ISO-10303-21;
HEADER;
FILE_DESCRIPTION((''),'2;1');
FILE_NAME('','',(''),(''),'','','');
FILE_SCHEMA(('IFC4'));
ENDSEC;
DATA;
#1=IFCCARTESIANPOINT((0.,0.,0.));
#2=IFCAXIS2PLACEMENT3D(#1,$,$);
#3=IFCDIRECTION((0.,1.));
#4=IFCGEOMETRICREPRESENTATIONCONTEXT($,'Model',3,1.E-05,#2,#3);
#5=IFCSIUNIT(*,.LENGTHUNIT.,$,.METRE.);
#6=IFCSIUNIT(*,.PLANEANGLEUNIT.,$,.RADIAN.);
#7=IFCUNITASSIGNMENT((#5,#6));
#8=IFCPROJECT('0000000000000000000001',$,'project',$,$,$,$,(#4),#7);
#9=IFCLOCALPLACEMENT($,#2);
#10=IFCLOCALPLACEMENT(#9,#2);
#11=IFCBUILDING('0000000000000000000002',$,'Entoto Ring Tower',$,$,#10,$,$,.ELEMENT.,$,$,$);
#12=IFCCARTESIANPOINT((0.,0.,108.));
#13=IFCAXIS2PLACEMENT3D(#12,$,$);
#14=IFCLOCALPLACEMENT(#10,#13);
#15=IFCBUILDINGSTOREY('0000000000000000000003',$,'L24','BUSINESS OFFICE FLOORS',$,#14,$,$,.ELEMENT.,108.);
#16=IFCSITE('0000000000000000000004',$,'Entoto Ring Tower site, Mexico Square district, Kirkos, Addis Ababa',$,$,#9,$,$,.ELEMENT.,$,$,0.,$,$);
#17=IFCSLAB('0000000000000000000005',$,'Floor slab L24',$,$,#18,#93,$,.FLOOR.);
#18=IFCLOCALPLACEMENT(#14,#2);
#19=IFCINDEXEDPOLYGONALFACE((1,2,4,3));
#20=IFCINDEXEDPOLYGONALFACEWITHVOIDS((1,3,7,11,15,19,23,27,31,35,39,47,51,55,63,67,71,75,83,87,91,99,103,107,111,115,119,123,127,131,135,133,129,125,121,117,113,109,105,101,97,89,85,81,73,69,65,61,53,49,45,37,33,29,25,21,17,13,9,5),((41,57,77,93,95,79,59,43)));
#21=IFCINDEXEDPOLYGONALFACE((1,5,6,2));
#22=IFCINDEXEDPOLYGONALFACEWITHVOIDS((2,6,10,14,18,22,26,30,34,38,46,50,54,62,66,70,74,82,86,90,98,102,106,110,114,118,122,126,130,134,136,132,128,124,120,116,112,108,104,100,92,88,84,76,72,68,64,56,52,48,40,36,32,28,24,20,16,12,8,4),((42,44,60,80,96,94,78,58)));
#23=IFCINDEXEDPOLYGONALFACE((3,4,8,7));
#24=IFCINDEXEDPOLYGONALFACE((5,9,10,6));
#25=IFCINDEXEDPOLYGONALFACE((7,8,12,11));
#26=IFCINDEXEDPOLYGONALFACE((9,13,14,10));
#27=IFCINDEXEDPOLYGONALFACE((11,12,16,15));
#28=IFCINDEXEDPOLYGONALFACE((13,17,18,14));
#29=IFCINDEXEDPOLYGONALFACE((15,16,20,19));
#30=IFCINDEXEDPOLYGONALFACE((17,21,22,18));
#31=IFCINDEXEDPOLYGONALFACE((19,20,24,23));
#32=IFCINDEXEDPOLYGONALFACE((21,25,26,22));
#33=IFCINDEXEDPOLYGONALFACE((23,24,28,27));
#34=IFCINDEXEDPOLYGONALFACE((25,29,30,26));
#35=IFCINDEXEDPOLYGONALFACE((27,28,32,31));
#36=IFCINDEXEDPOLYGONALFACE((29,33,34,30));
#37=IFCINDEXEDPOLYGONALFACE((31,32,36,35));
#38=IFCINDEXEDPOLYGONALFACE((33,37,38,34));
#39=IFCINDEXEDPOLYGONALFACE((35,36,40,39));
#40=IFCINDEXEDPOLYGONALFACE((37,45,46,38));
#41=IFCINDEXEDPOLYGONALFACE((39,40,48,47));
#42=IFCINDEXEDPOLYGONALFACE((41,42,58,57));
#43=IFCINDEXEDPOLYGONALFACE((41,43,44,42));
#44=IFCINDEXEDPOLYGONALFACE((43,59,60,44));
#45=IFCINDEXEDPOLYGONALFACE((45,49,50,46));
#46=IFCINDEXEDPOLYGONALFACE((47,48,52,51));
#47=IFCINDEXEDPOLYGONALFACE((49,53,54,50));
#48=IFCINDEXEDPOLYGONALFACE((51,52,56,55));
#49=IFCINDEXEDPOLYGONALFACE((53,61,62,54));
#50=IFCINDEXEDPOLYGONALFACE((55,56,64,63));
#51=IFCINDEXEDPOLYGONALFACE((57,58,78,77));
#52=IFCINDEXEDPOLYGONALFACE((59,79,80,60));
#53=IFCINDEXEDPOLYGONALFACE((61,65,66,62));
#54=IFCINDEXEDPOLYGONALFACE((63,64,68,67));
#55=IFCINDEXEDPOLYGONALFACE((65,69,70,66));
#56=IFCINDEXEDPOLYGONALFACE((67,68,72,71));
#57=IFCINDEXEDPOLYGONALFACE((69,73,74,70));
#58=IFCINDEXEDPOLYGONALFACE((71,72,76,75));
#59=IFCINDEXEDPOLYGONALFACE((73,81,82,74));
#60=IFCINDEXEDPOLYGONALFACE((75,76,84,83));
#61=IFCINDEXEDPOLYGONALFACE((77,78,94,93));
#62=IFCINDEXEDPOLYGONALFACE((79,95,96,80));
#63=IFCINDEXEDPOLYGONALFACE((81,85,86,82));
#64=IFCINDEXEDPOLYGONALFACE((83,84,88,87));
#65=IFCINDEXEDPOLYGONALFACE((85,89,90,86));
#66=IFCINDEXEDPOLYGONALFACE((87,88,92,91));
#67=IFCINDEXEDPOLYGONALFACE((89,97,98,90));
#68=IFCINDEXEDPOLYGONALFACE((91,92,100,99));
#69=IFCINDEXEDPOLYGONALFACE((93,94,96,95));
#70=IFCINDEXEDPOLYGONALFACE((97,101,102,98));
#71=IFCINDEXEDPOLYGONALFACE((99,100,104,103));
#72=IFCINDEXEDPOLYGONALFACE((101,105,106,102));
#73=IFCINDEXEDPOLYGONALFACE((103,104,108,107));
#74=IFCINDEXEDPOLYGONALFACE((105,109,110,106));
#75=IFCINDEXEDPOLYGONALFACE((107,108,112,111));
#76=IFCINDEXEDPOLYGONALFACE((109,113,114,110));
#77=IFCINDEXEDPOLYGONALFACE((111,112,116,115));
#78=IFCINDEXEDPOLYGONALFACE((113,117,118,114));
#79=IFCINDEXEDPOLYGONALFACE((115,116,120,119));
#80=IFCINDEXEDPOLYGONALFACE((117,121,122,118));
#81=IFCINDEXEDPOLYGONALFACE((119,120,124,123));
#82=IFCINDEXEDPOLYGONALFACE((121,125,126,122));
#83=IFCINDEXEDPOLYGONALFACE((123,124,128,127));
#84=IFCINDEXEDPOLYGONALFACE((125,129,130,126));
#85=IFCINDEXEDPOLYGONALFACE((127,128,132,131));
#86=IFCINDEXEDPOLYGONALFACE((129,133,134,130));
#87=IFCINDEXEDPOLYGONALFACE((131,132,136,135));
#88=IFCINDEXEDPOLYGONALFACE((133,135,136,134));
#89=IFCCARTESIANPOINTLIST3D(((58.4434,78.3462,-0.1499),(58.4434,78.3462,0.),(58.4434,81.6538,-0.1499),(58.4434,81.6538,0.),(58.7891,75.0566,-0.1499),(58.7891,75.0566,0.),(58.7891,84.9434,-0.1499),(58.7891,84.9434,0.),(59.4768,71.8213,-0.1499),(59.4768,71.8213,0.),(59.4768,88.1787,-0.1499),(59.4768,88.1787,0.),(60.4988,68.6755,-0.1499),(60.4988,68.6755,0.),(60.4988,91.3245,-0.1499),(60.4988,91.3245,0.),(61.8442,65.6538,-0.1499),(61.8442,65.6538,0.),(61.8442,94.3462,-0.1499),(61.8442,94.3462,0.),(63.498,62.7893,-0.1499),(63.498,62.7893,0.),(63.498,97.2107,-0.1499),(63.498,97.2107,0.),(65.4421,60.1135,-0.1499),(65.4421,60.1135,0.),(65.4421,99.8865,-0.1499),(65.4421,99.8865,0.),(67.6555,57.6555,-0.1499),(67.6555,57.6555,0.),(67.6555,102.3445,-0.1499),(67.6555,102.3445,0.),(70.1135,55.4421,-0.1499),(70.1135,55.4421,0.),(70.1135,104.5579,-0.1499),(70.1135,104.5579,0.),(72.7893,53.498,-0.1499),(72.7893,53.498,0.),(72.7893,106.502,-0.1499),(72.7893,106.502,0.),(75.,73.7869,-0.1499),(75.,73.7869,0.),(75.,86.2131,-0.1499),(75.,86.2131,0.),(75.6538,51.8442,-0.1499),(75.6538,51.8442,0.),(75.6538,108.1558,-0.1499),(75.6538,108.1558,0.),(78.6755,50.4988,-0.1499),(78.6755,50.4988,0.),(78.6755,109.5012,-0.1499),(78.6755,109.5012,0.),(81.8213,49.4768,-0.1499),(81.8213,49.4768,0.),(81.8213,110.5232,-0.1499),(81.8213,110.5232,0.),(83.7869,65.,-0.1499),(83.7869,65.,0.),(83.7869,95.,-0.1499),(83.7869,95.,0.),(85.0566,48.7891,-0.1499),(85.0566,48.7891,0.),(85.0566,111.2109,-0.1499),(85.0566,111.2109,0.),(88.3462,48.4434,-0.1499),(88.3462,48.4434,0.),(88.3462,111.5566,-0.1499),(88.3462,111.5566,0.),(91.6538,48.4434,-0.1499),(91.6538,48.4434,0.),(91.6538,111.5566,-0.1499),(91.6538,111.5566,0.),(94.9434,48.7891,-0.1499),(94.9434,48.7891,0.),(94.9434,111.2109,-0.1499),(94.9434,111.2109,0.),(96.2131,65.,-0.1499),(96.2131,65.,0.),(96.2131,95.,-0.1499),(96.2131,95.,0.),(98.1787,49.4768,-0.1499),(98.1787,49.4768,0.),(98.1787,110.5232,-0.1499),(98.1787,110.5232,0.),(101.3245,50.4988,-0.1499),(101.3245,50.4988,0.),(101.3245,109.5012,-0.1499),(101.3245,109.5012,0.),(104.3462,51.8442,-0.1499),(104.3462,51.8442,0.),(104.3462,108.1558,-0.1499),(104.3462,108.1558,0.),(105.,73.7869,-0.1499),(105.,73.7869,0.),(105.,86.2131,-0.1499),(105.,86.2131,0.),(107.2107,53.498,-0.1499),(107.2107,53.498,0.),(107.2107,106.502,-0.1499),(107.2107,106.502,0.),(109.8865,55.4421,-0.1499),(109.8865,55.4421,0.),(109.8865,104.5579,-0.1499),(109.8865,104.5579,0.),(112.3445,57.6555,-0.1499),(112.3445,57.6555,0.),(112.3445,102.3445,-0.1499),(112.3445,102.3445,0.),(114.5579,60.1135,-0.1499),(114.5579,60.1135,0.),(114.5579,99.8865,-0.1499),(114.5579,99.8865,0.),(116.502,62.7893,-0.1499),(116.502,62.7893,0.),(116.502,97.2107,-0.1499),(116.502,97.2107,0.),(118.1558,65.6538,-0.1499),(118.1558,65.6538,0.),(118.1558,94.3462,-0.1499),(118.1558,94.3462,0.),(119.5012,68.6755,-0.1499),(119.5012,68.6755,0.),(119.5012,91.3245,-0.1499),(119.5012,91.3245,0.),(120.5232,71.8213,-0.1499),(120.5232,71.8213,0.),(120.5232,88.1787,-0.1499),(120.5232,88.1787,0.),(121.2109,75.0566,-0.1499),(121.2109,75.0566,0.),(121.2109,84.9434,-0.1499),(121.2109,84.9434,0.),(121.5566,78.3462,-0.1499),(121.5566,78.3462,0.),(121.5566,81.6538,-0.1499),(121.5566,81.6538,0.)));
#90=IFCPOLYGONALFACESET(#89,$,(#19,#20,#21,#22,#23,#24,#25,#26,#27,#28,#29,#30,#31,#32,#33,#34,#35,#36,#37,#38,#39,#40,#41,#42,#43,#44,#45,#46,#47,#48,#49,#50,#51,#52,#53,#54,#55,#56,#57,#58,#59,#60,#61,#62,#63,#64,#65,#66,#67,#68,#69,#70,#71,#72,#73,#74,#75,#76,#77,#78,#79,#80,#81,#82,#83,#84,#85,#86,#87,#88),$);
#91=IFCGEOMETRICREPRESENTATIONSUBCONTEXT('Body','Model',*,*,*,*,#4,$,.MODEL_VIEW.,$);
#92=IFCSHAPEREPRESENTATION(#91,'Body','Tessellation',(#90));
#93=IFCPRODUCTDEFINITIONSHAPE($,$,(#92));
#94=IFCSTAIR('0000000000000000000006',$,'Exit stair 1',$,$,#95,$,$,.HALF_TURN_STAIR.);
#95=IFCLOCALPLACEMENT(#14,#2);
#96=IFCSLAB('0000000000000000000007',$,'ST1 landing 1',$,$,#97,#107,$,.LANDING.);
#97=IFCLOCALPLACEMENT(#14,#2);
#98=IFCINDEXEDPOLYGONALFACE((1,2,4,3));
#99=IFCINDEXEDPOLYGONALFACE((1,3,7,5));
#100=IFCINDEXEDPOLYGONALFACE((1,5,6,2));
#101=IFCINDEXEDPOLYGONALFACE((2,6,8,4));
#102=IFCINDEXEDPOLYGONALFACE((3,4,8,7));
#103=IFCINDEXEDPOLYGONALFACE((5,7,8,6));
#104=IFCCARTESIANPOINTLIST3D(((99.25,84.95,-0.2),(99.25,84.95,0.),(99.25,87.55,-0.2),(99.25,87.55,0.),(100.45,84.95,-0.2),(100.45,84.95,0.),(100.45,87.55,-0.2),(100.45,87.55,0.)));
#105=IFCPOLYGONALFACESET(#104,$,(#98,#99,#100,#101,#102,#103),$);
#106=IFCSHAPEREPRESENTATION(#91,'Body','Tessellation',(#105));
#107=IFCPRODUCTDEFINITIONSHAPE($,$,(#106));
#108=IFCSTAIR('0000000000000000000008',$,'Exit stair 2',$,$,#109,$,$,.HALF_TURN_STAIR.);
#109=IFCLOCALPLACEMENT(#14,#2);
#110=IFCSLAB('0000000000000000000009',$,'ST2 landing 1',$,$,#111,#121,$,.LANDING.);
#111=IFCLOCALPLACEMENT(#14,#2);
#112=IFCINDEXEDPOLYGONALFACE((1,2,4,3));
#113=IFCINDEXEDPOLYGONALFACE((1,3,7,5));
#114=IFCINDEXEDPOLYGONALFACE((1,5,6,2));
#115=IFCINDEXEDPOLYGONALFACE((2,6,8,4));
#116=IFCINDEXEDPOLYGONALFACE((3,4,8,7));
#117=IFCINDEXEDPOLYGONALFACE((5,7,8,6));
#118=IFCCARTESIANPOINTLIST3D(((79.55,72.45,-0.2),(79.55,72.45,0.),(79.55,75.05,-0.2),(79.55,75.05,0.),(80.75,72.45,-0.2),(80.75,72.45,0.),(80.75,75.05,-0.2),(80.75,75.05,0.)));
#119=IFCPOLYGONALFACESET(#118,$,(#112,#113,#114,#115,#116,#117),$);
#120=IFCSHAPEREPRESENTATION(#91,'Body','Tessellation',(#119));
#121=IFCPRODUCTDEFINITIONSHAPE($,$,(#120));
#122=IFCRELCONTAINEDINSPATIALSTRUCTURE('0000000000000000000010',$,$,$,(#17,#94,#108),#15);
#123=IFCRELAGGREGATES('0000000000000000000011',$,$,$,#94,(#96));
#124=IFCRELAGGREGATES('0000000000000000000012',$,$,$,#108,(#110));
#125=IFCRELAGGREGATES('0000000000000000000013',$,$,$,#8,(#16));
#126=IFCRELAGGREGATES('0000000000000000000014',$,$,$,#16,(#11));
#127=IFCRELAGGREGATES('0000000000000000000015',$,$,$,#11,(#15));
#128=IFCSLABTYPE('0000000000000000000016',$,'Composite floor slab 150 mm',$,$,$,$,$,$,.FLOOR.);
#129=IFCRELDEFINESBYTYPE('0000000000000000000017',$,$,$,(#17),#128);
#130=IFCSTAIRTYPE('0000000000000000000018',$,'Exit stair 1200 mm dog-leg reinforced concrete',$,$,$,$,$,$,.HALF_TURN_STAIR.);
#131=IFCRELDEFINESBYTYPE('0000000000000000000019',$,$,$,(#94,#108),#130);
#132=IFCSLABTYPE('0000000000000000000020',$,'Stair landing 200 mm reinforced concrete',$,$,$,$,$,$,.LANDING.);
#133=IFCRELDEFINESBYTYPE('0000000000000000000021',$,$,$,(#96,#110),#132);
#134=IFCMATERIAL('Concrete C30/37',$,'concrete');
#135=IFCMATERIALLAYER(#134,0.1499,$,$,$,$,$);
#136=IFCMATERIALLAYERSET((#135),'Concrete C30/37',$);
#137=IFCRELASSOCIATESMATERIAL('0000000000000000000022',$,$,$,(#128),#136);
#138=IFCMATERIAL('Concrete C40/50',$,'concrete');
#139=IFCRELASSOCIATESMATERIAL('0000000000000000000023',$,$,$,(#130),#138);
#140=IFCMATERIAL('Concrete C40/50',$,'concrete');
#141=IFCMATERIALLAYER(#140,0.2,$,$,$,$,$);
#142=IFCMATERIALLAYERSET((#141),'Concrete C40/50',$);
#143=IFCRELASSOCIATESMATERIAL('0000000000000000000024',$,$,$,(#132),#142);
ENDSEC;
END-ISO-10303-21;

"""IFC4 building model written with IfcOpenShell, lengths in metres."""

from ifc_helpers import new_model, si_unit, direction, frame, origin, place, context, subcontext, project, spatial, polyline, outline, extrude, material, layer, layer_set, type_object, element, aggregate, save


model = new_model("IFC4")

# Units and contexts
model_context = context("Model", 3, precision=1e-05, world=origin(), true_north=direction((0.0, 1.0)))
body_context = subcontext(model_context, "Body", "Model", "MODEL_VIEW")
ifc_project = project(units=[si_unit("LENGTHUNIT", "METRE"), si_unit("PLANEANGLEUNIT", "RADIAN")], contexts=[model_context])

# Site, building, storey
site_placement = place(None, origin())
building_placement = place(site_placement, origin())
storey_placement = place(building_placement, frame((0.0, 0.0, 108.0)))
site = spatial("IfcSite", under=ifc_project, at=site_placement, Name="Entoto Ring Tower site, Mexico Square district, Kirkos, Addis Ababa", CompositionType="ELEMENT", RefElevation=0.0)
building = spatial("IfcBuilding", under=site, at=building_placement, Name="Entoto Ring Tower", CompositionType="ELEMENT")
storey = spatial("IfcBuildingStorey", under=building, at=storey_placement, Name="L24", Description="BUSINESS OFFICE FLOORS", CompositionType="ELEMENT", Elevation=108.0)

# Slab
ifc_material_1 = material(Name="Concrete C30/37", Category="concrete")
ifc_layer_1 = layer(ifc_material_1, 0.1499)
ifc_layer_set_1 = layer_set([ifc_layer_1], Name="Concrete C30/37")
slab_type_1 = type_object("IfcSlabType", Name="Composite floor slab 150 mm", PredefinedType="FLOOR", material=ifc_layer_set_1)
slab_1_placement = place(storey_placement, frame((0.0, 0.0, -0.1499)))
element("IfcSlab", 1, at=slab_1_placement, inside=storey, type_object=slab_type_1, Name="Floor slab L24", PredefinedType="FLOOR", context=body_context, shape_type="SweptSolid", body=[
    extrude(outline(polyline([(121.2109, 84.9434), (120.5232, 88.1787), (119.5012, 91.3245), (118.1558, 94.3462), (116.502, 97.2107), (114.5579, 99.8865), (112.3445, 102.3445), (109.8865, 104.5579), (107.2107, 106.502), (104.3462, 108.1558), (101.3245, 109.5012), (98.1787, 110.5232), (94.9434, 111.2109), (91.6538, 111.5566), (88.3462, 111.5566), (85.0566, 111.2109), (81.8213, 110.5232), (78.6755, 109.5012), (75.6538, 108.1558), (72.7893, 106.502), (70.1135, 104.5579), (67.6555, 102.3445), (65.4421, 99.8865), (63.498, 97.2107), (61.8442, 94.3462), (60.4988, 91.3245), (59.4768, 88.1787), (58.7891, 84.9434), (58.4434, 81.6538), (58.4434, 78.3462), (58.7891, 75.0566), (59.4768, 71.8213), (60.4988, 68.6755), (61.8442, 65.6538), (63.498, 62.7893), (65.4421, 60.1135), (67.6555, 57.6555), (70.1135, 55.4421), (72.7893, 53.498), (75.6538, 51.8442), (78.6755, 50.4988), (81.8213, 49.4768), (85.0566, 48.7891), (88.3462, 48.4434), (91.6538, 48.4434), (94.9434, 48.7891), (98.1787, 49.4768), (101.3245, 50.4988), (104.3462, 51.8442), (107.2107, 53.498), (109.8865, 55.4421), (112.3445, 57.6555), (114.5579, 60.1135), (116.502, 62.7893), (118.1558, 65.6538), (119.5012, 68.6755), (120.5232, 71.8213), (121.2109, 75.0566), (121.5566, 78.3462), (121.5566, 81.6538), (121.2109, 84.9434)]), holes=[polyline([(105.0, 73.7869), (105.0, 86.2131), (96.2131, 95.0), (83.7869, 95.0), (75.0, 86.2131), (75.0, 73.7869), (83.7869, 65.0), (96.2131, 65.0), (105.0, 73.7869)])]), origin(), (0.0, 0.0, 1.0), 0.1499),
])

# Stairs, slabs
ifc_material_2 = material(Name="Concrete C40/50", Category="concrete")
stair_type = type_object("IfcStairType", Name="Exit stair 1200 mm dog-leg reinforced concrete", PredefinedType="HALF_TURN_STAIR", material=ifc_material_2)
stair_1_placement = place(storey_placement, origin())
stair_1 = element("IfcStair", 2, at=stair_1_placement, inside=storey, type_object=stair_type, Name="Exit stair 1", PredefinedType="HALF_TURN_STAIR")
ifc_material_3 = material(Name="Concrete C40/50", Category="concrete")
ifc_layer_2 = layer(ifc_material_3, 0.2)
ifc_layer_set_2 = layer_set([ifc_layer_2], Name="Concrete C40/50")
slab_type_2 = type_object("IfcSlabType", Name="Stair landing 200 mm reinforced concrete", PredefinedType="LANDING", material=ifc_layer_set_2)
slab_2_placement = place(storey_placement, frame((0.0, 0.0, -0.2)))
slab_2 = element("IfcSlab", 3, at=slab_2_placement, type_object=slab_type_2, Name="ST1 landing 1", PredefinedType="LANDING", context=body_context, shape_type="SweptSolid", body=[
    extrude(outline(polyline([(100.45, 84.95), (100.45, 87.55), (99.25, 87.55), (99.25, 84.95), (100.45, 84.95)])), origin(), (0.0, 0.0, 1.0), 0.2),
])
aggregate(stair_1, [slab_2])
stair_2_placement = place(storey_placement, origin())
stair_2 = element("IfcStair", 4, at=stair_2_placement, inside=storey, type_object=stair_type, Name="Exit stair 2", PredefinedType="HALF_TURN_STAIR")
slab_3_placement = place(storey_placement, frame((0.0, 0.0, -0.2)))
slab_3 = element("IfcSlab", 5, at=slab_3_placement, type_object=slab_type_2, Name="ST2 landing 1", PredefinedType="LANDING", context=body_context, shape_type="SweptSolid", body=[
    extrude(outline(polyline([(80.75, 72.45), (80.75, 75.05), (79.55, 75.05), (79.55, 72.45), (80.75, 72.45)])), origin(), (0.0, 0.0, 1.0), 0.2),
])
aggregate(stair_2, [slab_3])

save(model, "model.ifc")
